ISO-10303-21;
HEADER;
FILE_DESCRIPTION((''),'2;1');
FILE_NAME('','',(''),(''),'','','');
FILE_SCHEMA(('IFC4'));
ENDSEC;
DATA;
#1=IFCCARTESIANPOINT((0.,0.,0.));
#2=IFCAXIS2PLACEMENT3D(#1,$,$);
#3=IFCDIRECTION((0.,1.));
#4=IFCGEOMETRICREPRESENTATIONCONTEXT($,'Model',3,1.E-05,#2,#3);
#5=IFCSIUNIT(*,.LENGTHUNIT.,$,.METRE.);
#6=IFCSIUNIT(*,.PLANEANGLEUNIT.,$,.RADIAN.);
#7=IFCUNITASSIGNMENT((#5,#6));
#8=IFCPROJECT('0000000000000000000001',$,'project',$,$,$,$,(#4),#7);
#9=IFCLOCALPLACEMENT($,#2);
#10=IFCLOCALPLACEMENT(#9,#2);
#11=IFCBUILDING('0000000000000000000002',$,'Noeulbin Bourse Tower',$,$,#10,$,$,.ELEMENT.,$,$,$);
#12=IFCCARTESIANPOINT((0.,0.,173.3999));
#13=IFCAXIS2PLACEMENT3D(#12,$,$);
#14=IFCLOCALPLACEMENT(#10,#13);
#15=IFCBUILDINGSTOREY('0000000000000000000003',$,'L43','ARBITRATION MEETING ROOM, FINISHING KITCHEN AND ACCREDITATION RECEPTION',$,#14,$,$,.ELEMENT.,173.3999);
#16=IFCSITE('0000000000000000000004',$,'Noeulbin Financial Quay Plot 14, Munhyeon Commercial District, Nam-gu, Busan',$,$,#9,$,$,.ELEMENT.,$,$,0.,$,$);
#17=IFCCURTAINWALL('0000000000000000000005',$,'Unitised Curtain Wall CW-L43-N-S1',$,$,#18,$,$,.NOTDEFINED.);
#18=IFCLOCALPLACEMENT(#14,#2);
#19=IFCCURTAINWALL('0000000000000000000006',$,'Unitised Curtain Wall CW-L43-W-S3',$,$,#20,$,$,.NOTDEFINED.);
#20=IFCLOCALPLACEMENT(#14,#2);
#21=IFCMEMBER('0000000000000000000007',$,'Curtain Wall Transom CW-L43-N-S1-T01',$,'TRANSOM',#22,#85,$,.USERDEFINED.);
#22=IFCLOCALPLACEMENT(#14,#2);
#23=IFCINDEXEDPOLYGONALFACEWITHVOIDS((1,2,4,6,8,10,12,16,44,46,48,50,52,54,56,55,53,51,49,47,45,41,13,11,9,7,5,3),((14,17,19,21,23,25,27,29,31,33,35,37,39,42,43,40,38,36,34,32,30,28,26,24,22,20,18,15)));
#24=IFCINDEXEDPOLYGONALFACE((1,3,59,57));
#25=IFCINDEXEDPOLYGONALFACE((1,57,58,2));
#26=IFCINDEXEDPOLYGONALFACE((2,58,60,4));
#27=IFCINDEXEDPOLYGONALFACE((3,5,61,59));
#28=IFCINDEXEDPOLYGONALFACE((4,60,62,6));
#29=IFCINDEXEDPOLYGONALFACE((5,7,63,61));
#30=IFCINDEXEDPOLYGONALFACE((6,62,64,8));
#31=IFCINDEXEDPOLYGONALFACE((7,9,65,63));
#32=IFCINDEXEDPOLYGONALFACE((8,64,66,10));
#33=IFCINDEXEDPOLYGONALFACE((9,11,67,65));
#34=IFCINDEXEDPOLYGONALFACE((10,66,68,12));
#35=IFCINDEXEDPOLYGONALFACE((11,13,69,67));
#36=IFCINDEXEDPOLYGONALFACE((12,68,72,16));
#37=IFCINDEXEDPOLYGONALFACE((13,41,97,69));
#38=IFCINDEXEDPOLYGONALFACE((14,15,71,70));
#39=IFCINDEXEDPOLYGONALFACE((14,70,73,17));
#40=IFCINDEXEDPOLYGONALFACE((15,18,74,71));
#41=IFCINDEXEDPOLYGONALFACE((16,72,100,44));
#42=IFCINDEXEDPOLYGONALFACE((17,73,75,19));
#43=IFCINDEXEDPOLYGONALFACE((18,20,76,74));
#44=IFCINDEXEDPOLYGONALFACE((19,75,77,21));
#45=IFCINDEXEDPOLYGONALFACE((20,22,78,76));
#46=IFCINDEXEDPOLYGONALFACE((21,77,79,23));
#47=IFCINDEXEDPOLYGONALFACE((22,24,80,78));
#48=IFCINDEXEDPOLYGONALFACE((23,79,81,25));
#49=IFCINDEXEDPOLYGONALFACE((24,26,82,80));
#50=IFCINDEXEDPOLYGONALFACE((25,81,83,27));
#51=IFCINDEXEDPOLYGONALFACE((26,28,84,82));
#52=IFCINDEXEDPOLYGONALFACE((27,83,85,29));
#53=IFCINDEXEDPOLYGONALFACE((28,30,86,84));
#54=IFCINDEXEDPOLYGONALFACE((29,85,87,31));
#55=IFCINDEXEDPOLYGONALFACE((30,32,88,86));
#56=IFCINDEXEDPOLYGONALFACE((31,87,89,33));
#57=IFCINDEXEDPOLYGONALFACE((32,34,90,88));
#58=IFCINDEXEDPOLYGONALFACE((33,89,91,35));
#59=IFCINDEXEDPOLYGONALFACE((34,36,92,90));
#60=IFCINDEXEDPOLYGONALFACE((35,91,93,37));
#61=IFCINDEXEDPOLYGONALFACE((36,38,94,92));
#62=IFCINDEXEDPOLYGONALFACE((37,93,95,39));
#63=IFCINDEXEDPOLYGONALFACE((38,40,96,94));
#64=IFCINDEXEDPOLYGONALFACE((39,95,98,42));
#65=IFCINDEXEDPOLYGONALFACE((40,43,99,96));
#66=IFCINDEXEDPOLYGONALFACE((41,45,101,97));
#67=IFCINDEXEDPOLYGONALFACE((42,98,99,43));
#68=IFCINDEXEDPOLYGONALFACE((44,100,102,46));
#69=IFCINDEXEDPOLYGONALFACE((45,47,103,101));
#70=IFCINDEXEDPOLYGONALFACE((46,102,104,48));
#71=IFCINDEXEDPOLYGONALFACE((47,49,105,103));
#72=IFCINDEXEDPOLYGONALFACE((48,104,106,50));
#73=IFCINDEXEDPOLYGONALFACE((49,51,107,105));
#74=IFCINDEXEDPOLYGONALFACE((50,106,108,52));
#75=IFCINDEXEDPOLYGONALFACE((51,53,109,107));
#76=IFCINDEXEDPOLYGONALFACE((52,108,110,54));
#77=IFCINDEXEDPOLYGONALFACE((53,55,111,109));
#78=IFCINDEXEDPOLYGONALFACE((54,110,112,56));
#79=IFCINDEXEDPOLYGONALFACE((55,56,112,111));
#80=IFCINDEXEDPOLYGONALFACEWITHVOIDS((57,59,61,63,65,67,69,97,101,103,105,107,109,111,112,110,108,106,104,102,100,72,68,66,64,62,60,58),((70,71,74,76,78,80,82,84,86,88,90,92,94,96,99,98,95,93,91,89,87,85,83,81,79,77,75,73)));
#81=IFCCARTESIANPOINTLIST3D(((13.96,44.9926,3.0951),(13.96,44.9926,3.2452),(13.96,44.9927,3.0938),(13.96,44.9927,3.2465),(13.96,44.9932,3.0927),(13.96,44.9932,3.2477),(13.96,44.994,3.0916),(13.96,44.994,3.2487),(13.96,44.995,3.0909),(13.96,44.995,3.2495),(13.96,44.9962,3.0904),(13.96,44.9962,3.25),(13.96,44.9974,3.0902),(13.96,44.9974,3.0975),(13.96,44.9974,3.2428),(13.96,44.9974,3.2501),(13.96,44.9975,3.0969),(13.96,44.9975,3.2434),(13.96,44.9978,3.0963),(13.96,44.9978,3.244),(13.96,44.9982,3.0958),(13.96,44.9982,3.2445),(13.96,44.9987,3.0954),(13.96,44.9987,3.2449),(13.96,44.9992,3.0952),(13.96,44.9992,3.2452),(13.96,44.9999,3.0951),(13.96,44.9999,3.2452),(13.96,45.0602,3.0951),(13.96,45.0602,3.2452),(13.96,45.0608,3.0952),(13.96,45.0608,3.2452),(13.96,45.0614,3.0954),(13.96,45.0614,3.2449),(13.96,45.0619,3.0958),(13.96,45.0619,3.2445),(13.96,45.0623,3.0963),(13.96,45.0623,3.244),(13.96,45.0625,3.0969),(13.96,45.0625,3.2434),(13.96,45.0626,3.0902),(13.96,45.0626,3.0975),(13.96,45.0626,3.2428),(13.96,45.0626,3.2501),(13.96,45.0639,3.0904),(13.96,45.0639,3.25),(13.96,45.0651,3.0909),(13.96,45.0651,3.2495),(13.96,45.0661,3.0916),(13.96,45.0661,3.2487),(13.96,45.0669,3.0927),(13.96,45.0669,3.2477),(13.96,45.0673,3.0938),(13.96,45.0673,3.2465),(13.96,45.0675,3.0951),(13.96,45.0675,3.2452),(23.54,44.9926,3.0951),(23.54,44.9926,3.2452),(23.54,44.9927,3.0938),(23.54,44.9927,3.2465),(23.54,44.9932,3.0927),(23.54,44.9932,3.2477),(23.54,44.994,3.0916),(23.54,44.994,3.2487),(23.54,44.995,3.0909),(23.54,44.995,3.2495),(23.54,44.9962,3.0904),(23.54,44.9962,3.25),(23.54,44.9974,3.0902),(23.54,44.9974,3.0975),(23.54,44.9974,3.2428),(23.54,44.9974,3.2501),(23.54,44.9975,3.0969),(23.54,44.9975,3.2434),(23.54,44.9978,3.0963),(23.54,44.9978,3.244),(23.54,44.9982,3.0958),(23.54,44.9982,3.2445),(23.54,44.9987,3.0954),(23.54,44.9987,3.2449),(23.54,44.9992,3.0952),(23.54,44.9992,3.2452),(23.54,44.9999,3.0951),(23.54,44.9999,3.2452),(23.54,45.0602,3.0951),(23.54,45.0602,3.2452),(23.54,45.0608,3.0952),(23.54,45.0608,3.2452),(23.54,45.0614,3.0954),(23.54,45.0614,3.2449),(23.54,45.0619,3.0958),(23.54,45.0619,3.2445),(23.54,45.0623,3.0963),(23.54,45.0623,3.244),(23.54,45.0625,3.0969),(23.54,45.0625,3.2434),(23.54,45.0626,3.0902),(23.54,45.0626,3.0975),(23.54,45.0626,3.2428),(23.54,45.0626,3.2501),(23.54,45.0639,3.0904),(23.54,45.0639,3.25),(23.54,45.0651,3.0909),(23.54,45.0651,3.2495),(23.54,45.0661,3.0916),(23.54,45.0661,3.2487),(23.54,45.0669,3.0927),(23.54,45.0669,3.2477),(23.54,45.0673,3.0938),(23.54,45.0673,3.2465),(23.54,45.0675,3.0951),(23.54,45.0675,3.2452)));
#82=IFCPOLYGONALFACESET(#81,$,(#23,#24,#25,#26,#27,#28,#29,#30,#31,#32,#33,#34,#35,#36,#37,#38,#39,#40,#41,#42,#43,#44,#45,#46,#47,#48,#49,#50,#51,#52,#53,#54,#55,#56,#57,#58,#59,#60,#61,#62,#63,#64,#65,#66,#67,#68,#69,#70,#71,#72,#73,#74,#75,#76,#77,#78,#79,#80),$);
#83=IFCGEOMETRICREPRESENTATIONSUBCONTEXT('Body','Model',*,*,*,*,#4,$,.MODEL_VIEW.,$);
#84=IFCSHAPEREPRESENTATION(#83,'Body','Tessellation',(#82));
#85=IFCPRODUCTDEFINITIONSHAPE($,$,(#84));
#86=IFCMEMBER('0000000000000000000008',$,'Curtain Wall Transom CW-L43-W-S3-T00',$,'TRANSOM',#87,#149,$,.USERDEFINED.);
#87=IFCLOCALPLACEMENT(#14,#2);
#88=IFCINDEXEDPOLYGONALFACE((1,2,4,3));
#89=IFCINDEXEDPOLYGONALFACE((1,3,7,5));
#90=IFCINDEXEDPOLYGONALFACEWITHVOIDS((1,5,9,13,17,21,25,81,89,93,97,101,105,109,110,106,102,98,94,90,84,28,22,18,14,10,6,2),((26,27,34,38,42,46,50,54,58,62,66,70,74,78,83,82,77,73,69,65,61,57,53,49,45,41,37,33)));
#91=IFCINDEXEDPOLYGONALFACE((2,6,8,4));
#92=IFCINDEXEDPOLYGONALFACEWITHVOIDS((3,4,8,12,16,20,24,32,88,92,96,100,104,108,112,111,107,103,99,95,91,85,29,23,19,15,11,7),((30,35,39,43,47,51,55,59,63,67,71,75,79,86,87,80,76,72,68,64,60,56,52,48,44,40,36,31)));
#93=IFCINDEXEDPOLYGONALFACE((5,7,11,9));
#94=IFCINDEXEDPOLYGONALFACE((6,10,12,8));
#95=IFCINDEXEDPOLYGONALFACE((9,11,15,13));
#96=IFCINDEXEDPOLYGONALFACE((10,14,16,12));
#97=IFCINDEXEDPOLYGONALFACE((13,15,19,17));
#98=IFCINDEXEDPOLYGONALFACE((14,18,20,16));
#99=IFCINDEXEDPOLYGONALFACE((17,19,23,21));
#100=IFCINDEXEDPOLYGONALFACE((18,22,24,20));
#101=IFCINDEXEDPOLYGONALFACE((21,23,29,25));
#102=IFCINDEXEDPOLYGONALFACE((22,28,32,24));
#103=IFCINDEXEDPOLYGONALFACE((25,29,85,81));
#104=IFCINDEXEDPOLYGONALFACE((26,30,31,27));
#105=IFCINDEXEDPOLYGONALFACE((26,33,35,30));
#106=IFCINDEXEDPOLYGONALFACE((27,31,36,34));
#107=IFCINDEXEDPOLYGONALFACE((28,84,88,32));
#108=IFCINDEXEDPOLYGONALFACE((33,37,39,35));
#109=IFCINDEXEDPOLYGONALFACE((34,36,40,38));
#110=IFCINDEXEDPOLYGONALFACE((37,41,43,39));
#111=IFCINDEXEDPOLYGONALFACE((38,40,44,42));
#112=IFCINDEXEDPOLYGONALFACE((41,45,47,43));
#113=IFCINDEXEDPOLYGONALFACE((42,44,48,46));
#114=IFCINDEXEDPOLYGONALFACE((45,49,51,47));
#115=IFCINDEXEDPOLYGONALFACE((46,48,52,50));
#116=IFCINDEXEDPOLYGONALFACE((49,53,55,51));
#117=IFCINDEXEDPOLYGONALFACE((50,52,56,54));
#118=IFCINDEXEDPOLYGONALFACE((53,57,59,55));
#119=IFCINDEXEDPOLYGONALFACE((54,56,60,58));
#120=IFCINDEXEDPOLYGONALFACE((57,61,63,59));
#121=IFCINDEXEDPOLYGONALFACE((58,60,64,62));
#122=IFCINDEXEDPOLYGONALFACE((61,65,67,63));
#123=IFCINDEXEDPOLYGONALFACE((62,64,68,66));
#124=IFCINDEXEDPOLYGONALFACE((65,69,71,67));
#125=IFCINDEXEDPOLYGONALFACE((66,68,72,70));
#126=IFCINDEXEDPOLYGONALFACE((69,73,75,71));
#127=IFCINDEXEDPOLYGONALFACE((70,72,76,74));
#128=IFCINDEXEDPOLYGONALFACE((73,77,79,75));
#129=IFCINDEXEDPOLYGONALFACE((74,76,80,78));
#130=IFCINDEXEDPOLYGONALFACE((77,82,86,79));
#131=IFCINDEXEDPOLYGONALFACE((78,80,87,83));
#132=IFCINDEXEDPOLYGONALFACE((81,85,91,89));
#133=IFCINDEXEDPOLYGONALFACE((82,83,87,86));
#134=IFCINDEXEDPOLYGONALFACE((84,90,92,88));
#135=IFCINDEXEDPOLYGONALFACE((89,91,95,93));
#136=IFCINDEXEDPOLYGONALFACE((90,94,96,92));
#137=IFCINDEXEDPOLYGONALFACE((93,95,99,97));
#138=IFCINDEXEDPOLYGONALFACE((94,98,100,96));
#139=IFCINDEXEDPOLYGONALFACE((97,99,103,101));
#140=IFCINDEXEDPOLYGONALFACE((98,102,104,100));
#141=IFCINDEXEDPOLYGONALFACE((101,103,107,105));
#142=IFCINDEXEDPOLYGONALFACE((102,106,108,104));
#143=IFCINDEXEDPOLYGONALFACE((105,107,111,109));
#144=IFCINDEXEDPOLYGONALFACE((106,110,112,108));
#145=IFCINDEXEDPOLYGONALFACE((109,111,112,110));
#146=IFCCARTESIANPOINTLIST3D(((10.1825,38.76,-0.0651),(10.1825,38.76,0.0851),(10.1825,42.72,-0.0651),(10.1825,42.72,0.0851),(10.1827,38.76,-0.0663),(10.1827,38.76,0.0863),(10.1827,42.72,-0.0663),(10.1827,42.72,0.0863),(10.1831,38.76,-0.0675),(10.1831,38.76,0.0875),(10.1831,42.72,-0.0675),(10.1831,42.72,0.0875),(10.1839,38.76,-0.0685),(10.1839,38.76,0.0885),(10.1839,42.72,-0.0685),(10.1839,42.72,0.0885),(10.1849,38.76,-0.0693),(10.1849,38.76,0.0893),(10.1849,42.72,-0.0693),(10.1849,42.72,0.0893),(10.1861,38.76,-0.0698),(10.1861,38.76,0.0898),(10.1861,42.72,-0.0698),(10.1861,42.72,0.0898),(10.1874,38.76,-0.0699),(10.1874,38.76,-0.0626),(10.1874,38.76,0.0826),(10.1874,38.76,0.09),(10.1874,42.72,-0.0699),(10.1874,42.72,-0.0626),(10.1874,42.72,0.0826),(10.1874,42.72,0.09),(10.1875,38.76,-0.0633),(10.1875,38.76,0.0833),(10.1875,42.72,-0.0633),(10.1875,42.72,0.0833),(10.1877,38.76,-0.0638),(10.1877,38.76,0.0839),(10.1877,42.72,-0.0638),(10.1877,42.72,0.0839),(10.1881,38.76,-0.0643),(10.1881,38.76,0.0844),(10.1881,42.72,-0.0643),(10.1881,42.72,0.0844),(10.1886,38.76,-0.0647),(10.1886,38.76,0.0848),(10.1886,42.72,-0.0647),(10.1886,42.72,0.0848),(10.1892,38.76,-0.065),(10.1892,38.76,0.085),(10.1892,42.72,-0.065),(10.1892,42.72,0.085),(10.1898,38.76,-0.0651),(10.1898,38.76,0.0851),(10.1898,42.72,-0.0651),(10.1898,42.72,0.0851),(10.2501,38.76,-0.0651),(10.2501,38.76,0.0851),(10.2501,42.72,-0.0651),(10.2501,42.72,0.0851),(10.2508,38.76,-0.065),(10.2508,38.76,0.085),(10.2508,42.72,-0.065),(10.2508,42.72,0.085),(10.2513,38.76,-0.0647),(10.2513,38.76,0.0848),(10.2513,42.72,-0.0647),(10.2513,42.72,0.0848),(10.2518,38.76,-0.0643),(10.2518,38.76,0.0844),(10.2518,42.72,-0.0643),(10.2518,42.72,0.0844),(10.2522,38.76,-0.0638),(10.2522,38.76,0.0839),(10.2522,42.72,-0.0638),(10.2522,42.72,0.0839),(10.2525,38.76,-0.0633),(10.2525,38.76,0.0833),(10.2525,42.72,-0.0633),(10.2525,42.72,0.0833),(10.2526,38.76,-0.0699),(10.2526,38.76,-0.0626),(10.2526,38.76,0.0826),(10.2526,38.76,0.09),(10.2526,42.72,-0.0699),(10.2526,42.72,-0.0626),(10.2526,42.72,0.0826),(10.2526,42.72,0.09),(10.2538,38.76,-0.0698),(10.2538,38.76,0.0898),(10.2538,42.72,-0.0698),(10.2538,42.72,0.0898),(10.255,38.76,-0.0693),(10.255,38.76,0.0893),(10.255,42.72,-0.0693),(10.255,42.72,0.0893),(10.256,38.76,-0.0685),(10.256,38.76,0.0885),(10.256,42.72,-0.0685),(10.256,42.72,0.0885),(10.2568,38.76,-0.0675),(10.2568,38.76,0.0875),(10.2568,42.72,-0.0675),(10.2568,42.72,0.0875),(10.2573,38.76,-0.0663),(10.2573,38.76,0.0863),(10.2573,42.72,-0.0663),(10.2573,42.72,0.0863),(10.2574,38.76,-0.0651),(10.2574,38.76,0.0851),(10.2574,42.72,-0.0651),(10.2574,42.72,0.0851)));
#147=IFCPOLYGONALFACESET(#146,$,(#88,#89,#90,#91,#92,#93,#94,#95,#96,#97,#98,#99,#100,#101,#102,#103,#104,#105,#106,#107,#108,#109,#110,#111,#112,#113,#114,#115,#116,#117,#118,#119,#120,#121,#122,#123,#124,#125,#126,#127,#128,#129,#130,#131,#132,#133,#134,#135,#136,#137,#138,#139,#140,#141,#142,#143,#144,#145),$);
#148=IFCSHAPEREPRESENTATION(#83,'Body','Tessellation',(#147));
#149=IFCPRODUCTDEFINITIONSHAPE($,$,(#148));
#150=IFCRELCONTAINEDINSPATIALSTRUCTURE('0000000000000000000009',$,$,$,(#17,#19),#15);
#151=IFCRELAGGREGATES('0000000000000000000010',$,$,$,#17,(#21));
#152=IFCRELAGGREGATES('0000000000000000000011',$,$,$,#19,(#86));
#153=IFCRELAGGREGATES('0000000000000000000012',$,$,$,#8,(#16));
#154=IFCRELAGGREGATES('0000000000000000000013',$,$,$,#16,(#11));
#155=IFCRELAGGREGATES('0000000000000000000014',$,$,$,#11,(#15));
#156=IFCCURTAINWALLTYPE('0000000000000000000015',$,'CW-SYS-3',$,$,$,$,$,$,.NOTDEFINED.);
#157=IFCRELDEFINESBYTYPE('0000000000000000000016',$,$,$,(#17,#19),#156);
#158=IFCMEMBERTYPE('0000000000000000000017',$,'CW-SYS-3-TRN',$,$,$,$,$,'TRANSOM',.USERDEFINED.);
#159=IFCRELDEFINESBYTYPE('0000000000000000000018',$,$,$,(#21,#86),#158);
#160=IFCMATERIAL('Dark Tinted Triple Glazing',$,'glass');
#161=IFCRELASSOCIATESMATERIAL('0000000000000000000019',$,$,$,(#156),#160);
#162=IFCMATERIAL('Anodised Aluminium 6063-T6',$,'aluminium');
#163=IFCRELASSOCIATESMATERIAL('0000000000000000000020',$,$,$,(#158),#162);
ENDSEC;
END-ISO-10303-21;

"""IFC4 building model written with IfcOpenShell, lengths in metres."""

from ifc_helpers import new_model, si_unit, direction, frame, origin, origin_2d, place, context, subcontext, project, spatial, hollow_rectangle, extrude, material, material_profile, profile_set, type_object, element, aggregate, save


model = new_model("IFC4")

# Units and contexts
model_context = context("Model", 3, precision=1e-05, world=origin(), true_north=direction((0.0, 1.0)))
body_context = subcontext(model_context, "Body", "Model", "MODEL_VIEW")
ifc_project = project(units=[si_unit("LENGTHUNIT", "METRE"), si_unit("PLANEANGLEUNIT", "RADIAN")], contexts=[model_context])

# Site, building, storey
site_placement = place(None, origin())
site = spatial("IfcSite", under=ifc_project, at=site_placement, Name="Noeulbin Financial Quay Plot 14, Munhyeon Commercial District, Nam-gu, Busan", CompositionType="ELEMENT", RefElevation=0.0)
building_placement = place(site_placement, origin())
building = spatial("IfcBuilding", under=site, at=building_placement, Name="Noeulbin Bourse Tower", CompositionType="ELEMENT")
storey_placement = place(building_placement, frame((0.0, 0.0, 173.3999)))
storey = spatial("IfcBuildingStorey", under=building, at=storey_placement, Name="L43", Description="ARBITRATION MEETING ROOM, FINISHING KITCHEN AND ACCREDITATION RECEPTION", CompositionType="ELEMENT", Elevation=173.3999)

# Curtain wall
ifc_material_1 = material(Name="Dark Tinted Triple Glazing", Category="glass")
curtain_wall_type = type_object("IfcCurtainWallType", Name="CW-SYS-3", PredefinedType="NOTDEFINED", material=ifc_material_1)
curtain_wall_1_placement = place(storey_placement, origin())
curtain_wall_1 = element("IfcCurtainWall", 1, at=curtain_wall_1_placement, inside=storey, type_object=curtain_wall_type, Name="Unitised Curtain Wall CW-L43-N-S1", PredefinedType="NOTDEFINED")
ifc_material_2 = material(Name="Anodised Aluminium 6063-T6", Category="aluminium")

# Curtain wall
curtain_wall_2_placement = place(storey_placement, origin())
curtain_wall_2 = element("IfcCurtainWall", 2, at=curtain_wall_2_placement, inside=storey, type_object=curtain_wall_type, Name="Unitised Curtain Wall CW-L43-W-S3", PredefinedType="NOTDEFINED")

# Members
ifc_material_profile_1 = material_profile(ifc_material_2, hollow_rectangle(XDim=0.075, YDim=0.1599, WallThickness=0.0049, InnerFilletRadius=0.0024, OuterFilletRadius=0.0049, at=origin_2d()), Name="ALU-TRAN-75x160x5", Category="LoadBearing")
ifc_profile_set_1 = profile_set([ifc_material_profile_1], Name="Anodised Aluminium 6063-T6")
member_type_1 = type_object("IfcMemberType", Name="CW-SYS-3-TRN", ElementType="TRANSOM", PredefinedType="USERDEFINED", material=ifc_profile_set_1)
member_1_placement = place(storey_placement, frame((13.96, 45.03, 3.1702), z_axis=(1.0, 0.0, 0.0), x_axis=(0.0, 1.0, 0.0)))
member_1 = element("IfcMember", 3, at=member_1_placement, type_object=member_type_1, Name="Curtain Wall Transom CW-L43-N-S1-T01", ObjectType="TRANSOM", PredefinedType="USERDEFINED", context=body_context, shape_type="SweptSolid", body=[
    extrude(hollow_rectangle(XDim=0.075, YDim=0.1599, WallThickness=0.0049, InnerFilletRadius=0.0024, OuterFilletRadius=0.0049, at=origin_2d()), origin(), (0.0, 0.0, 1.0), 9.5801),
])
aggregate(curtain_wall_1, [member_1])
member_2_placement = place(storey_placement, frame((10.22, 38.76, 0.01), z_axis=(0.0, 1.0, 0.0), x_axis=(-1.0, 0.0, 0.0)))
member_2 = element("IfcMember", 4, at=member_2_placement, type_object=member_type_1, Name="Curtain Wall Transom CW-L43-W-S3-T00", ObjectType="TRANSOM", PredefinedType="USERDEFINED", context=body_context, shape_type="SweptSolid", body=[
    extrude(hollow_rectangle(XDim=0.075, YDim=0.1599, WallThickness=0.0049, InnerFilletRadius=0.0024, OuterFilletRadius=0.0049, at=origin_2d()), origin(), (0.0, 0.0, 1.0), 3.96),
])

aggregate(curtain_wall_2, [member_2])

save(model, "model.ifc")
